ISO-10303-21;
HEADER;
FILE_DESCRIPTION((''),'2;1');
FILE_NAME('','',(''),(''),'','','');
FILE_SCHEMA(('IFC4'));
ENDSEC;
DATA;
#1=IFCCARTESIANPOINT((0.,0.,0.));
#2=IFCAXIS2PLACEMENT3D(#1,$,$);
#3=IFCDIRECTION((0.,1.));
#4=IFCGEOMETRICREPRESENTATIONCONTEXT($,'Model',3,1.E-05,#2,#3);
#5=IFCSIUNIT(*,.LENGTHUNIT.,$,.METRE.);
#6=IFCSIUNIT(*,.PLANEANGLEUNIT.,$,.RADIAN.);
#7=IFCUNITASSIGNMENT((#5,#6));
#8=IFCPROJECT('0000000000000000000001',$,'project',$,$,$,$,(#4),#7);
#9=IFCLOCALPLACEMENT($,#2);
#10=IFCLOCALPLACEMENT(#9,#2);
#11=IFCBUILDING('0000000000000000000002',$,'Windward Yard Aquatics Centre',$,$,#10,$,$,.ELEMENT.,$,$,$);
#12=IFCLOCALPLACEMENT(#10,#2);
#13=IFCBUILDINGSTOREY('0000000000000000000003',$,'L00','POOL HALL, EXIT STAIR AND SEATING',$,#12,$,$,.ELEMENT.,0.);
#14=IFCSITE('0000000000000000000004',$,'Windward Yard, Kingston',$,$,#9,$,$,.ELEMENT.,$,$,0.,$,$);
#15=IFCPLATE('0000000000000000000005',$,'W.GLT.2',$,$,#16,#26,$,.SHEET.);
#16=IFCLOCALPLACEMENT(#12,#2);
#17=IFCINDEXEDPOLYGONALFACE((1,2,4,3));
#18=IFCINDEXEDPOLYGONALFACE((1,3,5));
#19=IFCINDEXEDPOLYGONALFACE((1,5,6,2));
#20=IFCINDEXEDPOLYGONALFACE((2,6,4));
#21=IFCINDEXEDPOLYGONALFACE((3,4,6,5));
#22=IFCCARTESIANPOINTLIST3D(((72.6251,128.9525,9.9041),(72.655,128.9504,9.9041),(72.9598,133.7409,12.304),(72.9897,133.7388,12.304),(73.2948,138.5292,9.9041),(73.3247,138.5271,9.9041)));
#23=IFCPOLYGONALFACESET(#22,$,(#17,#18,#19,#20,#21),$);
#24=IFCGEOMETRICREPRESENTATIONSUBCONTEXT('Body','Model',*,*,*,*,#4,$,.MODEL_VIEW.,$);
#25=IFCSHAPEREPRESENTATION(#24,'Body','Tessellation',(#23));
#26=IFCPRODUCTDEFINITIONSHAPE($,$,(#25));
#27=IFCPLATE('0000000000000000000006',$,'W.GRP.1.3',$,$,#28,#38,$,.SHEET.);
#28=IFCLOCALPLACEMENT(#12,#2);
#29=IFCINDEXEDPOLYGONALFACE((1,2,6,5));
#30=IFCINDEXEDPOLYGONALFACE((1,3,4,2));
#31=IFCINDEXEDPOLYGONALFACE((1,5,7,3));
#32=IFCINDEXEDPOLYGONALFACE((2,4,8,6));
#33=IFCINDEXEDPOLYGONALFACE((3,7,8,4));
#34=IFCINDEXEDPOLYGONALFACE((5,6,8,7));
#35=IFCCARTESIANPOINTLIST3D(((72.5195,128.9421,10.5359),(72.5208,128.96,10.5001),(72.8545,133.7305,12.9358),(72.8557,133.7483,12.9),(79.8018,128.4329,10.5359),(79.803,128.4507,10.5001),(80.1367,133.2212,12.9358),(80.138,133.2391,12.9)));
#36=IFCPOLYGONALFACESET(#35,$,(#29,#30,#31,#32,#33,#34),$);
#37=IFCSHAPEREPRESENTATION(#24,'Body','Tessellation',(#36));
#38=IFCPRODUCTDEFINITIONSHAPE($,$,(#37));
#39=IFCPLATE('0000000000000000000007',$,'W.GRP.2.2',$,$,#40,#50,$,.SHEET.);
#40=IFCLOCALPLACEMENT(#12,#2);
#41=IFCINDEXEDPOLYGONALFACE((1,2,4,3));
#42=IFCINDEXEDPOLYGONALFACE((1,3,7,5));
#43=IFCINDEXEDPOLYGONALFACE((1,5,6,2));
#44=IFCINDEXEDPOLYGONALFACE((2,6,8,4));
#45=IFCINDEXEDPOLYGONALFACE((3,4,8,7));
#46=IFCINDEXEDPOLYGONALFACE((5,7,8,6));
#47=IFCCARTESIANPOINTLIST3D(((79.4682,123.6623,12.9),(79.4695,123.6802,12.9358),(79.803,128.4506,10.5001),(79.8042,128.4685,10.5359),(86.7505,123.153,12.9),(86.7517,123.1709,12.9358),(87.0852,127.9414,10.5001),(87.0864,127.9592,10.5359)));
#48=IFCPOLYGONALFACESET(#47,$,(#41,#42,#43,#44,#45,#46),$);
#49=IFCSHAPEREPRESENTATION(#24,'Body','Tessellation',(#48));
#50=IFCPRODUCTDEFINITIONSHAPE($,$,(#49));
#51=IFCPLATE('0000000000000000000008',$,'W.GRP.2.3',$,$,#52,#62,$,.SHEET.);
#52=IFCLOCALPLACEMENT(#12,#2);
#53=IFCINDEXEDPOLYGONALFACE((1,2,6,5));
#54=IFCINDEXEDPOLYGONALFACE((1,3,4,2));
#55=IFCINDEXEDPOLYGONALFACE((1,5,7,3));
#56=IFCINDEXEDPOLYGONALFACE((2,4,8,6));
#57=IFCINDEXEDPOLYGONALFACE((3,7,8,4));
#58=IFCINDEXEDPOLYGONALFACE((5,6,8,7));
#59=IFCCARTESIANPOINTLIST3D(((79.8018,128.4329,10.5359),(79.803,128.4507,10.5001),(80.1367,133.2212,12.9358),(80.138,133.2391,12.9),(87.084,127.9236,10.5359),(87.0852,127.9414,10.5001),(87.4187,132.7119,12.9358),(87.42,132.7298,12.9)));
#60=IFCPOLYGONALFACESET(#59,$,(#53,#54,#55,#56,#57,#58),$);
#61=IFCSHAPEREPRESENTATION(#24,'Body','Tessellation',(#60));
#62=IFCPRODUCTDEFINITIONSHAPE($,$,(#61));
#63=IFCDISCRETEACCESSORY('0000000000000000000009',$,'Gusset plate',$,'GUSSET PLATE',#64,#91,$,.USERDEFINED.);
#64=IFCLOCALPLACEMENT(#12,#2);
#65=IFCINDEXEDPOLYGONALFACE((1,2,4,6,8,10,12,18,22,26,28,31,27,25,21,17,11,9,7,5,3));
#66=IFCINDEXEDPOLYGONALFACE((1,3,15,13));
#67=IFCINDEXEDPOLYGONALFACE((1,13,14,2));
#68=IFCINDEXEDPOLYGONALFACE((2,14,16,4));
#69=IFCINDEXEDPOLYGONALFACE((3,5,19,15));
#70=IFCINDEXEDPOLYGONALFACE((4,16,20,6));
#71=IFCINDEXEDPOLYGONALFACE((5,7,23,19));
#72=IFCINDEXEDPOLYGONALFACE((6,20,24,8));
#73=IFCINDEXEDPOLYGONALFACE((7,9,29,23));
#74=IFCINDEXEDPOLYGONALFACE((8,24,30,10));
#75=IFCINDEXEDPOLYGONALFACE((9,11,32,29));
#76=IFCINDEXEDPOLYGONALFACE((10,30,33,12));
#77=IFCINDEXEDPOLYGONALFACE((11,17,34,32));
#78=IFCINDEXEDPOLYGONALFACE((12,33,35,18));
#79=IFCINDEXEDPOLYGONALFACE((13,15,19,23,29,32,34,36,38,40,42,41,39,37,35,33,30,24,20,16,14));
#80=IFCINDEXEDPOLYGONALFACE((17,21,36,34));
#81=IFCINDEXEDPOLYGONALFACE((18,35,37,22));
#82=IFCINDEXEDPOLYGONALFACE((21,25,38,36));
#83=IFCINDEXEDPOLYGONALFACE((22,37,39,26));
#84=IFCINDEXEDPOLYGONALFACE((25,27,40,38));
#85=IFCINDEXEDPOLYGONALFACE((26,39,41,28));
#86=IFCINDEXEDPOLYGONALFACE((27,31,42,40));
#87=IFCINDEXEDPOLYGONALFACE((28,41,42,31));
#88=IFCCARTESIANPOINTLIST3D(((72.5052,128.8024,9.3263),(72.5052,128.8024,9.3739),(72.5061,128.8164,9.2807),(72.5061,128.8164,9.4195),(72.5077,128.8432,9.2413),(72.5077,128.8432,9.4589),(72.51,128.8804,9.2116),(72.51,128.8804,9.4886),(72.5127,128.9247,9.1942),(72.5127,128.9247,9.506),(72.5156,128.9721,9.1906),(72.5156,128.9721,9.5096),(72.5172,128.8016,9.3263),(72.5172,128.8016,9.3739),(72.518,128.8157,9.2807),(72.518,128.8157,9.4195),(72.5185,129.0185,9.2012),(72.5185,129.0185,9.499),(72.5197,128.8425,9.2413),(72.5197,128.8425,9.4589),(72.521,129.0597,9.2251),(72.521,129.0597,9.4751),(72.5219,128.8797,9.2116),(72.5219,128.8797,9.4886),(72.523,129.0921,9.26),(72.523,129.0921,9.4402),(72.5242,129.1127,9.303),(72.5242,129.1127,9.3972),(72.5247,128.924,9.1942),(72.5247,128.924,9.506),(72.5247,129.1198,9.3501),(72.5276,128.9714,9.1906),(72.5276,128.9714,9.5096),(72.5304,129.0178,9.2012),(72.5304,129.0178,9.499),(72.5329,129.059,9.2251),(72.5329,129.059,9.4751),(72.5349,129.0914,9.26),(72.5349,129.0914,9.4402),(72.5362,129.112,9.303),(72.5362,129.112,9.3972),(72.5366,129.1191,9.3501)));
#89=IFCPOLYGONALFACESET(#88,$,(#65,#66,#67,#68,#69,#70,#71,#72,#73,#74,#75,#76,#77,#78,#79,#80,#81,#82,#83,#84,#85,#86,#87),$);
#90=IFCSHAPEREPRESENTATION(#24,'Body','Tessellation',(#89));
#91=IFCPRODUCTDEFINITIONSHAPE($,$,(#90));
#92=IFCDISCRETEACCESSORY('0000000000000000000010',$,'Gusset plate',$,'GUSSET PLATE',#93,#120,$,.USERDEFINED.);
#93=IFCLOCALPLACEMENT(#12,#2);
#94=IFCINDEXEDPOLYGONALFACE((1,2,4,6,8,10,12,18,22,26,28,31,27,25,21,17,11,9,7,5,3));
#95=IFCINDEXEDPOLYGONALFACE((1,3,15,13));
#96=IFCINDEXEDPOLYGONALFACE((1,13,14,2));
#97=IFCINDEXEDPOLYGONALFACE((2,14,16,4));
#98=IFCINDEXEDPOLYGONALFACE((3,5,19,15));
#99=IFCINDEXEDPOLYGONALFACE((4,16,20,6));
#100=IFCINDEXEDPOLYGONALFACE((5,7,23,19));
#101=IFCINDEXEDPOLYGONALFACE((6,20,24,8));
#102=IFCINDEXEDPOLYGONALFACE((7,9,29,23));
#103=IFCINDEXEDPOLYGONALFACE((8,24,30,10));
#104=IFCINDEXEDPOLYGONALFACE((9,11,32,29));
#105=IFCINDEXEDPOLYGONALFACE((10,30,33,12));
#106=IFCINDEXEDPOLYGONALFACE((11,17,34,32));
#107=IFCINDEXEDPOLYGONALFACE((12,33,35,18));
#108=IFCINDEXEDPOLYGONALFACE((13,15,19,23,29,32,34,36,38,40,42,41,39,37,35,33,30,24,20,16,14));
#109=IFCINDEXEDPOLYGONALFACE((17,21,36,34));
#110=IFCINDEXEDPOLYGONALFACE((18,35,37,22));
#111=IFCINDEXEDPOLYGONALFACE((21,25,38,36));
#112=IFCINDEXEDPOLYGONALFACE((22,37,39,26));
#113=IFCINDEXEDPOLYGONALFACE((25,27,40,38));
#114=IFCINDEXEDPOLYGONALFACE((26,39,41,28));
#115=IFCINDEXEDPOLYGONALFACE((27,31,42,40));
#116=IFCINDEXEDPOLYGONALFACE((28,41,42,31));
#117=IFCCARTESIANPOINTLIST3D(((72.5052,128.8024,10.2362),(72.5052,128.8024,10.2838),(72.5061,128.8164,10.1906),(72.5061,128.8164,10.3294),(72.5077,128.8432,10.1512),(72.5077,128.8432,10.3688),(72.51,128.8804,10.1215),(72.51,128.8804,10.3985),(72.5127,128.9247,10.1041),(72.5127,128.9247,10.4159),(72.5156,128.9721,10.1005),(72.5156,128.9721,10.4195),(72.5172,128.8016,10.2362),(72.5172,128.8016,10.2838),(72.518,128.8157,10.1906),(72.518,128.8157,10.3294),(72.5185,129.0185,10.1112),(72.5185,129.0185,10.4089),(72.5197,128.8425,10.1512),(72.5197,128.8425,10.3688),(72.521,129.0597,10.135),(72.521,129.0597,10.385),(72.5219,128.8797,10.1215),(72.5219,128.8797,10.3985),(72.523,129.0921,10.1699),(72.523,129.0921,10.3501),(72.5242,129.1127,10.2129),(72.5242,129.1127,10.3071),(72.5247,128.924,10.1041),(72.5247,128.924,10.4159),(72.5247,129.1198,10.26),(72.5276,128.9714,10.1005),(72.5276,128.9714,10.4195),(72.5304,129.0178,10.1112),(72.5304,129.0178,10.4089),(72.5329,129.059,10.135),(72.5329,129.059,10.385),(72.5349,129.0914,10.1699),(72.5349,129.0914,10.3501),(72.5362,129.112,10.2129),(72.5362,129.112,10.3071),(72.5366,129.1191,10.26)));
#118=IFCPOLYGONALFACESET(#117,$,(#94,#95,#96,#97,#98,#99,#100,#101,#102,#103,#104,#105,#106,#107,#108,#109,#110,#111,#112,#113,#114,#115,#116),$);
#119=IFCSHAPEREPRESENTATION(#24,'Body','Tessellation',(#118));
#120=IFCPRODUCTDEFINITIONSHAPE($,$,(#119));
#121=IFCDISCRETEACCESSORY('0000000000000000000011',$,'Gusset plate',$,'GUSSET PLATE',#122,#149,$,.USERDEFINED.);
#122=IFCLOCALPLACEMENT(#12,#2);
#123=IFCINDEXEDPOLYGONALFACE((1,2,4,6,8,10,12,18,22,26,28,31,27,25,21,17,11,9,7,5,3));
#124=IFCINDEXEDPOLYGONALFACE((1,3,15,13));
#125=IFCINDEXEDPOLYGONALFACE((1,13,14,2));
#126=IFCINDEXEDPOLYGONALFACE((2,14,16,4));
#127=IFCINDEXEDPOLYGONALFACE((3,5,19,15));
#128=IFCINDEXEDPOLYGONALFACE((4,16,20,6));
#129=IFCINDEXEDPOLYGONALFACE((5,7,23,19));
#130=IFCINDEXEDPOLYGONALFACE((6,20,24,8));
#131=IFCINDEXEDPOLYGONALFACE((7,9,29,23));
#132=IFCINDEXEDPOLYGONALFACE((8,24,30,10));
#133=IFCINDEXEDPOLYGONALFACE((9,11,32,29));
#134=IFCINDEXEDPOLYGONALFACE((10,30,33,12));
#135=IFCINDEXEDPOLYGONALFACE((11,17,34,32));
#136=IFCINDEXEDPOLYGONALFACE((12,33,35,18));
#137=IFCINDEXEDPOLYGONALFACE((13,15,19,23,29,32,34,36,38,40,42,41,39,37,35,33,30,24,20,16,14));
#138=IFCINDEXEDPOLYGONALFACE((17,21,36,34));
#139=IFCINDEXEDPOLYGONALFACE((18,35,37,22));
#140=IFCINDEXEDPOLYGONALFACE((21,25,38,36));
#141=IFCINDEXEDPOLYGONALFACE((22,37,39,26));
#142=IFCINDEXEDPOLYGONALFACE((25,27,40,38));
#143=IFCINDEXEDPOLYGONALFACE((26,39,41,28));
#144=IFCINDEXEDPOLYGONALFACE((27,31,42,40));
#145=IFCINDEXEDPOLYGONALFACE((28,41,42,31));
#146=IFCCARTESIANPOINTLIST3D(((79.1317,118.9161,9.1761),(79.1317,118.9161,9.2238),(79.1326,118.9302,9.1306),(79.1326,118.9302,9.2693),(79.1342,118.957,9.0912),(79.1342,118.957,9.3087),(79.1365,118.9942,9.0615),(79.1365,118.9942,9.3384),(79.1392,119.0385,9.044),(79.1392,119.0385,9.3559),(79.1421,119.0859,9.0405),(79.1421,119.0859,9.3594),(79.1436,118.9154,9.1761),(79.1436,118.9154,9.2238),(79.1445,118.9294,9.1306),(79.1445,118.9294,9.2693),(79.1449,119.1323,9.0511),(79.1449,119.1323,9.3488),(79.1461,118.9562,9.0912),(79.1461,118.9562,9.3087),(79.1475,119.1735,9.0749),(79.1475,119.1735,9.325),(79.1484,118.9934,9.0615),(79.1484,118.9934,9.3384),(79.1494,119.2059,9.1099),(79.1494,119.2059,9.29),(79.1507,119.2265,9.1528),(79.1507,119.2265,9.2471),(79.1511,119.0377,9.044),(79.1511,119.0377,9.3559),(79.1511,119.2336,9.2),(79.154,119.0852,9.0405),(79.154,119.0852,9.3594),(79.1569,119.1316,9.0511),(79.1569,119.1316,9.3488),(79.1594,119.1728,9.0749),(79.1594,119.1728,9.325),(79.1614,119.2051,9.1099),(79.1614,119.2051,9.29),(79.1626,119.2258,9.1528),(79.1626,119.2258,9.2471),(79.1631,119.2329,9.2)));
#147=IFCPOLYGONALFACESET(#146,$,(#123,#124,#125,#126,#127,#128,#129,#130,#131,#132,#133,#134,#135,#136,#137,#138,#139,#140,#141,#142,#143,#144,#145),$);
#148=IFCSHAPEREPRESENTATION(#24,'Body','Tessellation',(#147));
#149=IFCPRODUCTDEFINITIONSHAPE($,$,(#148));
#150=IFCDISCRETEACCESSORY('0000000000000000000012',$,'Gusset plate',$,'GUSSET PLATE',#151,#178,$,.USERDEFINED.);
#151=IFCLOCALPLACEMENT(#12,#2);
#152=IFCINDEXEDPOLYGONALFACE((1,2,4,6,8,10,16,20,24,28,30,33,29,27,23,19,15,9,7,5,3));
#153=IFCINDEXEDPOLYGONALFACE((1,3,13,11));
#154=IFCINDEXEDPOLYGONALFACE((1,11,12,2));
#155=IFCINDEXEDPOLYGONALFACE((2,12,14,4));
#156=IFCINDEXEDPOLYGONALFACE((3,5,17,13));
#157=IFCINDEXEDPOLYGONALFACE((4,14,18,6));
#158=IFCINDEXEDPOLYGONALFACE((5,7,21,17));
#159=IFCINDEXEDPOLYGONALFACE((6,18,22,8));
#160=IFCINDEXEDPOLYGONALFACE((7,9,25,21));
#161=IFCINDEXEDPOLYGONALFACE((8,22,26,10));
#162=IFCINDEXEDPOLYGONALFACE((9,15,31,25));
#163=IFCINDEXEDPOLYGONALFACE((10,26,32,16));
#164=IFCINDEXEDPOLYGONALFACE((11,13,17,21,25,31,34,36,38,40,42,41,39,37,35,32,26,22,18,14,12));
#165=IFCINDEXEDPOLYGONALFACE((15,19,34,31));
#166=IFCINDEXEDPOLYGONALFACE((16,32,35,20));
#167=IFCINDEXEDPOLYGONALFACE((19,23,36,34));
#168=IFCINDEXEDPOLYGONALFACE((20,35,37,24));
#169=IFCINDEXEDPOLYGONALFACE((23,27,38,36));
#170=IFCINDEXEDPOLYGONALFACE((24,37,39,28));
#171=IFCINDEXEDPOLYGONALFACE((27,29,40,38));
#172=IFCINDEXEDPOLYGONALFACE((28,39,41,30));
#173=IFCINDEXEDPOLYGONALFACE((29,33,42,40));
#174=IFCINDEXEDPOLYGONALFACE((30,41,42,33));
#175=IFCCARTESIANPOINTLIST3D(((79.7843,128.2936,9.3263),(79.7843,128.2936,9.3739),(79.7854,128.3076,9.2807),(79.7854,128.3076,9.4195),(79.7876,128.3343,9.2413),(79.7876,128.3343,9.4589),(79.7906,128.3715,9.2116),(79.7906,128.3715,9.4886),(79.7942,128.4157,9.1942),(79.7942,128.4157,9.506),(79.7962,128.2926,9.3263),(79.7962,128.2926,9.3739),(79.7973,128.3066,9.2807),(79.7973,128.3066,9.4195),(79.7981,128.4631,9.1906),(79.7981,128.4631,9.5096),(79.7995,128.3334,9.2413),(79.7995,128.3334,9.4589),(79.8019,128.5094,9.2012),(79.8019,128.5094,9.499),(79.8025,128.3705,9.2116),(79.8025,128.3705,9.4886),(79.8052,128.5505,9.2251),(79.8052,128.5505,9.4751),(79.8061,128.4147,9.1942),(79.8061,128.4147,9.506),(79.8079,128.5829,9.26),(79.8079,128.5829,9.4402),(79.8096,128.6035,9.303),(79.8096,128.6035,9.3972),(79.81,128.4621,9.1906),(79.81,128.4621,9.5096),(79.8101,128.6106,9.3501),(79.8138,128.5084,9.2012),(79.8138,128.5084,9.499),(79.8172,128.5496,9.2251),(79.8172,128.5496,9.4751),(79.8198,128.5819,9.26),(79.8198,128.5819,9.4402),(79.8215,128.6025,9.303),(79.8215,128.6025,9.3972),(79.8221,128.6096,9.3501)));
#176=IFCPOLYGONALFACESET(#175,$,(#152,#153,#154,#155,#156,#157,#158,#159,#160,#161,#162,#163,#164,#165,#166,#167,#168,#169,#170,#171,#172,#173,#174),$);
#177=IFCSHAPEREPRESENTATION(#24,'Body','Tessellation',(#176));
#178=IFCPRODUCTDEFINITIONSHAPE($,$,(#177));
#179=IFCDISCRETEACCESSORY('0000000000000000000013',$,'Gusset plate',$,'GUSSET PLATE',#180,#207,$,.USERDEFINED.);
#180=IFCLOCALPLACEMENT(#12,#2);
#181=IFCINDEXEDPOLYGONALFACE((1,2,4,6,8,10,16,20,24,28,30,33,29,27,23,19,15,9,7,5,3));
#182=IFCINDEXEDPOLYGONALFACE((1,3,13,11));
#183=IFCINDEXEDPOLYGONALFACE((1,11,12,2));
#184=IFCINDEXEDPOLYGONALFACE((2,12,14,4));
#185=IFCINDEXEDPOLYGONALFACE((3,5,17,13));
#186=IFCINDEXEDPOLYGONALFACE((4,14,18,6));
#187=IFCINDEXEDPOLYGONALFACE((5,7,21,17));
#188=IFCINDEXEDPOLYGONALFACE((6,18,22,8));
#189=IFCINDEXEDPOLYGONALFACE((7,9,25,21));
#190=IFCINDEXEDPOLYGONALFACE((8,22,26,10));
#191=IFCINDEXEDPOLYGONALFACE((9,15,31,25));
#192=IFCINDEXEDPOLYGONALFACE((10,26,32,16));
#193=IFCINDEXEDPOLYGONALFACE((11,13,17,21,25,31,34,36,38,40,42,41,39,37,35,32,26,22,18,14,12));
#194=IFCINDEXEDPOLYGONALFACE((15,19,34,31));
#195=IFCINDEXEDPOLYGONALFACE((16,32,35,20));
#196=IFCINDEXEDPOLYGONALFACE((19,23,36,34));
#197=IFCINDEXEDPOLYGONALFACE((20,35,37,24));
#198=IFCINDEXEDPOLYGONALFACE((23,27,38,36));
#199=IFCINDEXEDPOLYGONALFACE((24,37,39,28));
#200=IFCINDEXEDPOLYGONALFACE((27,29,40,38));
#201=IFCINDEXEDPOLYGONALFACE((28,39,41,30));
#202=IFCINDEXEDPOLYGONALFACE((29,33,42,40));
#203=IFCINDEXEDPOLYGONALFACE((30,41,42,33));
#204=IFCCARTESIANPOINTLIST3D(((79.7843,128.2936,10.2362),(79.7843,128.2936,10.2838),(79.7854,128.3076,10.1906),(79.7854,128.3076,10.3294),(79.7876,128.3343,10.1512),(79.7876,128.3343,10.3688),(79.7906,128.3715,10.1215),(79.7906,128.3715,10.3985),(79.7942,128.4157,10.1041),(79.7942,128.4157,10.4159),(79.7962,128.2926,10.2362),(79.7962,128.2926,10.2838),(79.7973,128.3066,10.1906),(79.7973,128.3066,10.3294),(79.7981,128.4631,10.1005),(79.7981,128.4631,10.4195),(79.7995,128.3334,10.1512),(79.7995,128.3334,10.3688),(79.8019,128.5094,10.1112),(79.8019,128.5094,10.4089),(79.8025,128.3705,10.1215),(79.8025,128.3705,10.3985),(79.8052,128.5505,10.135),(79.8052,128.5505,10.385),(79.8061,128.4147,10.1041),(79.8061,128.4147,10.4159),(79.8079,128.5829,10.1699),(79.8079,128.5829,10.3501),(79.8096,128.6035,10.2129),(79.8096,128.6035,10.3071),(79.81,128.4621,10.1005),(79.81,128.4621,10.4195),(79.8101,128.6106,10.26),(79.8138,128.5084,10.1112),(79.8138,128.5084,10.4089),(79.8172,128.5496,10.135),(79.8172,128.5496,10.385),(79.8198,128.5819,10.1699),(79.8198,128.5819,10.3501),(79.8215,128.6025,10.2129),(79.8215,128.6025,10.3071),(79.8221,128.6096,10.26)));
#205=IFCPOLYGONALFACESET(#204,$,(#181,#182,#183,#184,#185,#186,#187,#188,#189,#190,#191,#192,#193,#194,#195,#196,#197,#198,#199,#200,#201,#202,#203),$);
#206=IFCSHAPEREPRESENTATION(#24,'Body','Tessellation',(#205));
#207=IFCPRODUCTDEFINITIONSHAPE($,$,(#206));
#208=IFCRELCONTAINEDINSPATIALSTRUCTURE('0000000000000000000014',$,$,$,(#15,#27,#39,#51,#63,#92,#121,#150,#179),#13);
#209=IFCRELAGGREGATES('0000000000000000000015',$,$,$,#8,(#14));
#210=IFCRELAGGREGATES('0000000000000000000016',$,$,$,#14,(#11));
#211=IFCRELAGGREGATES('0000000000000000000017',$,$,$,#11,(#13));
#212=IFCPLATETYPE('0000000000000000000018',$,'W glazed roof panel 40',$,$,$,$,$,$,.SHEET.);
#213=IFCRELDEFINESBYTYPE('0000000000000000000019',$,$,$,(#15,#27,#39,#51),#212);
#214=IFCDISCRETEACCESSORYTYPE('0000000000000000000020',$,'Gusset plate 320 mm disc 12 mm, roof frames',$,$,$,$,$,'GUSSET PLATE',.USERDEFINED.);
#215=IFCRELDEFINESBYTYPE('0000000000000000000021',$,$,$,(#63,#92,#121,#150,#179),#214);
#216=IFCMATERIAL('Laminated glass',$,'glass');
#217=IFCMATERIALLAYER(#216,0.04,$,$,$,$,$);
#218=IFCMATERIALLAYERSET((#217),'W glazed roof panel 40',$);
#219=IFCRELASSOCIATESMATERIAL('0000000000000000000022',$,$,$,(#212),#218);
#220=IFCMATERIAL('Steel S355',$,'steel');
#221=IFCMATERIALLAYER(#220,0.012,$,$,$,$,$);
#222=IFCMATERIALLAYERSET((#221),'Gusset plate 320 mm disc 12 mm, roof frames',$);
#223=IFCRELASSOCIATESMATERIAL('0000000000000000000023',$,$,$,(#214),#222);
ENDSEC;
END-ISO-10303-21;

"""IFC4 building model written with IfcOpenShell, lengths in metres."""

from ifc_helpers import new_model, si_unit, direction, frame, origin, origin_2d, place, context, subcontext, project, spatial, polyline, circle, outline, extrude, material, layer, layer_set, type_object, element, save


model = new_model("IFC4")

# Units and contexts
model_context = context("Model", 3, precision=1e-05, world=origin(), true_north=direction((0.0, 1.0)))
body_context = subcontext(model_context, "Body", "Model", "MODEL_VIEW")
ifc_project = project(units=[si_unit("LENGTHUNIT", "METRE"), si_unit("PLANEANGLEUNIT", "RADIAN")], contexts=[model_context])

# Site, building, storey
site_placement = place(None, origin())
site = spatial("IfcSite", under=ifc_project, at=site_placement, Name="Windward Yard, Kingston", CompositionType="ELEMENT", RefElevation=0.0)
building_placement = place(site_placement, origin())
building = spatial("IfcBuilding", under=site, at=building_placement, Name="Windward Yard Aquatics Centre", CompositionType="ELEMENT")
storey_placement = place(building_placement, origin())
storey = spatial("IfcBuildingStorey", under=building, at=storey_placement, Name="L00", Description="POOL HALL, EXIT STAIR AND SEATING", CompositionType="ELEMENT", Elevation=0.0)

# Shared definitions
ifc_material_1 = material(Name="Steel S355", Category="steel")

# Plates
ifc_material_2 = material(Name="Laminated glass", Category="glass")
ifc_layer_1 = layer(ifc_material_2, 0.04)
ifc_layer_set_1 = layer_set([ifc_layer_1], Name="W glazed roof panel 40")
plate_type_1 = type_object("IfcPlateType", Name="W glazed roof panel 40", PredefinedType="SHEET", material=ifc_layer_set_1)
plate_1_placement = place(storey_placement, frame((72.655, 128.9504, 9.9041), z_axis=(0.997564, -0.069758, 0.000051), x_axis=(0.069758, 0.997564, 0.0)))
element("IfcPlate", 1, at=plate_1_placement, inside=storey, type_object=plate_type_1, Name="W.GLT.2", PredefinedType="SHEET", context=body_context, shape_type="SweptSolid", body=[
    extrude(outline(polyline([(0.0, 0.0), (9.6, 0.0), (4.8, 2.3999), (0.0, 0.0)])), origin(), (0.0, 0.0, -1.0), 0.03),
])
plate_2_placement = place(storey_placement, frame((72.5195, 128.9421, 10.5359), z_axis=(-0.031198, -0.446107, 0.894436), x_axis=(0.997564, -0.069764, 0.0)))
element("IfcPlate", 2, at=plate_2_placement, inside=storey, type_object=plate_type_1, Name="W.GRP.1.3", PredefinedType="SHEET", context=body_context, shape_type="SweptSolid", body=[
    extrude(outline(polyline([(0.0, 0.0), (7.3, 0.0), (7.3001, 5.3665), (0.0001, 5.3665), (0.0, 0.0)])), origin(), (0.0, 0.0, -1.0), 0.04),
])
plate_3_placement = place(storey_placement, frame((79.4695, 123.6802, 12.9358), z_axis=(0.031198, 0.446108, 0.894435), x_axis=(0.997564, -0.069764, 0.0)))
element("IfcPlate", 3, at=plate_3_placement, inside=storey, type_object=plate_type_1, Name="W.GRP.2.2", PredefinedType="SHEET", context=body_context, shape_type="SweptSolid", body=[
    extrude(outline(polyline([(0.0, 0.0), (7.3, 0.0), (7.2999, 5.3665), (-0.0002, 5.3665), (0.0, 0.0)])), origin(), (0.0, 0.0, -1.0), 0.04),
])
plate_4_placement = place(storey_placement, frame((79.8018, 128.4329, 10.5359), z_axis=(-0.031199, -0.446108, 0.894435), x_axis=(0.997564, -0.069764, 0.0)))
element("IfcPlate", 4, at=plate_4_placement, inside=storey, type_object=plate_type_1, Name="W.GRP.2.3", PredefinedType="SHEET", context=body_context, shape_type="SweptSolid", body=[
    extrude(outline(polyline([(0.0, 0.0), (7.3, 0.0), (7.2999, 5.3665), (0.0001, 5.3665), (0.0, 0.0)])), origin(), (0.0, 0.0, -1.0), 0.04),
])

# Discrete accessories
ifc_layer_2 = layer(ifc_material_1, 0.012)
ifc_layer_set_2 = layer_set([ifc_layer_2], Name="Gusset plate 320 mm disc 12 mm, roof frames")
discrete_accessory_type = type_object("IfcDiscreteAccessoryType", Name="Gusset plate 320 mm disc 12 mm, roof frames", ElementType="GUSSET PLATE", PredefinedType="USERDEFINED", material=ifc_layer_set_2)
for number, where, z_axis, x_axis, name in (
    (5, (72.5149, 128.9602, 9.3501), (0.998131, -0.06111, 0.0), (0.06111, 0.998131, 0.0), "Gusset plate"),
    (6, (72.5149, 128.9602, 10.26), (0.998131, -0.06111, 0.0), (0.06111, 0.998131, 0.0), "Gusset plate"),
    (7, (79.1414, 119.074, 9.2), (0.998131, -0.06111, 0.0), (0.06111, 0.998131, 0.0), "Gusset plate"),
    (8, (79.7971, 128.4512, 9.3501), (0.996685, -0.081362, 0.0), (0.081362, 0.996685, 0.0), "Gusset plate"),
    (9, (79.7971, 128.4512, 10.26), (0.996685, -0.081362, 0.0), (0.081362, 0.996685, 0.0), "Gusset plate"),
):
    element("IfcDiscreteAccessory", number, at=place(storey_placement, frame(where, z_axis=z_axis, x_axis=x_axis)), inside=storey, type_object=discrete_accessory_type, Name=name, ObjectType="GUSSET PLATE", PredefinedType="USERDEFINED", context=body_context, shape_type="SweptSolid", body=[
        extrude(circle(Radius=0.1599, at=origin_2d()), origin(), (0.0, 0.0, 1.0), 0.012),
    ])

save(model, "model.ifc")
